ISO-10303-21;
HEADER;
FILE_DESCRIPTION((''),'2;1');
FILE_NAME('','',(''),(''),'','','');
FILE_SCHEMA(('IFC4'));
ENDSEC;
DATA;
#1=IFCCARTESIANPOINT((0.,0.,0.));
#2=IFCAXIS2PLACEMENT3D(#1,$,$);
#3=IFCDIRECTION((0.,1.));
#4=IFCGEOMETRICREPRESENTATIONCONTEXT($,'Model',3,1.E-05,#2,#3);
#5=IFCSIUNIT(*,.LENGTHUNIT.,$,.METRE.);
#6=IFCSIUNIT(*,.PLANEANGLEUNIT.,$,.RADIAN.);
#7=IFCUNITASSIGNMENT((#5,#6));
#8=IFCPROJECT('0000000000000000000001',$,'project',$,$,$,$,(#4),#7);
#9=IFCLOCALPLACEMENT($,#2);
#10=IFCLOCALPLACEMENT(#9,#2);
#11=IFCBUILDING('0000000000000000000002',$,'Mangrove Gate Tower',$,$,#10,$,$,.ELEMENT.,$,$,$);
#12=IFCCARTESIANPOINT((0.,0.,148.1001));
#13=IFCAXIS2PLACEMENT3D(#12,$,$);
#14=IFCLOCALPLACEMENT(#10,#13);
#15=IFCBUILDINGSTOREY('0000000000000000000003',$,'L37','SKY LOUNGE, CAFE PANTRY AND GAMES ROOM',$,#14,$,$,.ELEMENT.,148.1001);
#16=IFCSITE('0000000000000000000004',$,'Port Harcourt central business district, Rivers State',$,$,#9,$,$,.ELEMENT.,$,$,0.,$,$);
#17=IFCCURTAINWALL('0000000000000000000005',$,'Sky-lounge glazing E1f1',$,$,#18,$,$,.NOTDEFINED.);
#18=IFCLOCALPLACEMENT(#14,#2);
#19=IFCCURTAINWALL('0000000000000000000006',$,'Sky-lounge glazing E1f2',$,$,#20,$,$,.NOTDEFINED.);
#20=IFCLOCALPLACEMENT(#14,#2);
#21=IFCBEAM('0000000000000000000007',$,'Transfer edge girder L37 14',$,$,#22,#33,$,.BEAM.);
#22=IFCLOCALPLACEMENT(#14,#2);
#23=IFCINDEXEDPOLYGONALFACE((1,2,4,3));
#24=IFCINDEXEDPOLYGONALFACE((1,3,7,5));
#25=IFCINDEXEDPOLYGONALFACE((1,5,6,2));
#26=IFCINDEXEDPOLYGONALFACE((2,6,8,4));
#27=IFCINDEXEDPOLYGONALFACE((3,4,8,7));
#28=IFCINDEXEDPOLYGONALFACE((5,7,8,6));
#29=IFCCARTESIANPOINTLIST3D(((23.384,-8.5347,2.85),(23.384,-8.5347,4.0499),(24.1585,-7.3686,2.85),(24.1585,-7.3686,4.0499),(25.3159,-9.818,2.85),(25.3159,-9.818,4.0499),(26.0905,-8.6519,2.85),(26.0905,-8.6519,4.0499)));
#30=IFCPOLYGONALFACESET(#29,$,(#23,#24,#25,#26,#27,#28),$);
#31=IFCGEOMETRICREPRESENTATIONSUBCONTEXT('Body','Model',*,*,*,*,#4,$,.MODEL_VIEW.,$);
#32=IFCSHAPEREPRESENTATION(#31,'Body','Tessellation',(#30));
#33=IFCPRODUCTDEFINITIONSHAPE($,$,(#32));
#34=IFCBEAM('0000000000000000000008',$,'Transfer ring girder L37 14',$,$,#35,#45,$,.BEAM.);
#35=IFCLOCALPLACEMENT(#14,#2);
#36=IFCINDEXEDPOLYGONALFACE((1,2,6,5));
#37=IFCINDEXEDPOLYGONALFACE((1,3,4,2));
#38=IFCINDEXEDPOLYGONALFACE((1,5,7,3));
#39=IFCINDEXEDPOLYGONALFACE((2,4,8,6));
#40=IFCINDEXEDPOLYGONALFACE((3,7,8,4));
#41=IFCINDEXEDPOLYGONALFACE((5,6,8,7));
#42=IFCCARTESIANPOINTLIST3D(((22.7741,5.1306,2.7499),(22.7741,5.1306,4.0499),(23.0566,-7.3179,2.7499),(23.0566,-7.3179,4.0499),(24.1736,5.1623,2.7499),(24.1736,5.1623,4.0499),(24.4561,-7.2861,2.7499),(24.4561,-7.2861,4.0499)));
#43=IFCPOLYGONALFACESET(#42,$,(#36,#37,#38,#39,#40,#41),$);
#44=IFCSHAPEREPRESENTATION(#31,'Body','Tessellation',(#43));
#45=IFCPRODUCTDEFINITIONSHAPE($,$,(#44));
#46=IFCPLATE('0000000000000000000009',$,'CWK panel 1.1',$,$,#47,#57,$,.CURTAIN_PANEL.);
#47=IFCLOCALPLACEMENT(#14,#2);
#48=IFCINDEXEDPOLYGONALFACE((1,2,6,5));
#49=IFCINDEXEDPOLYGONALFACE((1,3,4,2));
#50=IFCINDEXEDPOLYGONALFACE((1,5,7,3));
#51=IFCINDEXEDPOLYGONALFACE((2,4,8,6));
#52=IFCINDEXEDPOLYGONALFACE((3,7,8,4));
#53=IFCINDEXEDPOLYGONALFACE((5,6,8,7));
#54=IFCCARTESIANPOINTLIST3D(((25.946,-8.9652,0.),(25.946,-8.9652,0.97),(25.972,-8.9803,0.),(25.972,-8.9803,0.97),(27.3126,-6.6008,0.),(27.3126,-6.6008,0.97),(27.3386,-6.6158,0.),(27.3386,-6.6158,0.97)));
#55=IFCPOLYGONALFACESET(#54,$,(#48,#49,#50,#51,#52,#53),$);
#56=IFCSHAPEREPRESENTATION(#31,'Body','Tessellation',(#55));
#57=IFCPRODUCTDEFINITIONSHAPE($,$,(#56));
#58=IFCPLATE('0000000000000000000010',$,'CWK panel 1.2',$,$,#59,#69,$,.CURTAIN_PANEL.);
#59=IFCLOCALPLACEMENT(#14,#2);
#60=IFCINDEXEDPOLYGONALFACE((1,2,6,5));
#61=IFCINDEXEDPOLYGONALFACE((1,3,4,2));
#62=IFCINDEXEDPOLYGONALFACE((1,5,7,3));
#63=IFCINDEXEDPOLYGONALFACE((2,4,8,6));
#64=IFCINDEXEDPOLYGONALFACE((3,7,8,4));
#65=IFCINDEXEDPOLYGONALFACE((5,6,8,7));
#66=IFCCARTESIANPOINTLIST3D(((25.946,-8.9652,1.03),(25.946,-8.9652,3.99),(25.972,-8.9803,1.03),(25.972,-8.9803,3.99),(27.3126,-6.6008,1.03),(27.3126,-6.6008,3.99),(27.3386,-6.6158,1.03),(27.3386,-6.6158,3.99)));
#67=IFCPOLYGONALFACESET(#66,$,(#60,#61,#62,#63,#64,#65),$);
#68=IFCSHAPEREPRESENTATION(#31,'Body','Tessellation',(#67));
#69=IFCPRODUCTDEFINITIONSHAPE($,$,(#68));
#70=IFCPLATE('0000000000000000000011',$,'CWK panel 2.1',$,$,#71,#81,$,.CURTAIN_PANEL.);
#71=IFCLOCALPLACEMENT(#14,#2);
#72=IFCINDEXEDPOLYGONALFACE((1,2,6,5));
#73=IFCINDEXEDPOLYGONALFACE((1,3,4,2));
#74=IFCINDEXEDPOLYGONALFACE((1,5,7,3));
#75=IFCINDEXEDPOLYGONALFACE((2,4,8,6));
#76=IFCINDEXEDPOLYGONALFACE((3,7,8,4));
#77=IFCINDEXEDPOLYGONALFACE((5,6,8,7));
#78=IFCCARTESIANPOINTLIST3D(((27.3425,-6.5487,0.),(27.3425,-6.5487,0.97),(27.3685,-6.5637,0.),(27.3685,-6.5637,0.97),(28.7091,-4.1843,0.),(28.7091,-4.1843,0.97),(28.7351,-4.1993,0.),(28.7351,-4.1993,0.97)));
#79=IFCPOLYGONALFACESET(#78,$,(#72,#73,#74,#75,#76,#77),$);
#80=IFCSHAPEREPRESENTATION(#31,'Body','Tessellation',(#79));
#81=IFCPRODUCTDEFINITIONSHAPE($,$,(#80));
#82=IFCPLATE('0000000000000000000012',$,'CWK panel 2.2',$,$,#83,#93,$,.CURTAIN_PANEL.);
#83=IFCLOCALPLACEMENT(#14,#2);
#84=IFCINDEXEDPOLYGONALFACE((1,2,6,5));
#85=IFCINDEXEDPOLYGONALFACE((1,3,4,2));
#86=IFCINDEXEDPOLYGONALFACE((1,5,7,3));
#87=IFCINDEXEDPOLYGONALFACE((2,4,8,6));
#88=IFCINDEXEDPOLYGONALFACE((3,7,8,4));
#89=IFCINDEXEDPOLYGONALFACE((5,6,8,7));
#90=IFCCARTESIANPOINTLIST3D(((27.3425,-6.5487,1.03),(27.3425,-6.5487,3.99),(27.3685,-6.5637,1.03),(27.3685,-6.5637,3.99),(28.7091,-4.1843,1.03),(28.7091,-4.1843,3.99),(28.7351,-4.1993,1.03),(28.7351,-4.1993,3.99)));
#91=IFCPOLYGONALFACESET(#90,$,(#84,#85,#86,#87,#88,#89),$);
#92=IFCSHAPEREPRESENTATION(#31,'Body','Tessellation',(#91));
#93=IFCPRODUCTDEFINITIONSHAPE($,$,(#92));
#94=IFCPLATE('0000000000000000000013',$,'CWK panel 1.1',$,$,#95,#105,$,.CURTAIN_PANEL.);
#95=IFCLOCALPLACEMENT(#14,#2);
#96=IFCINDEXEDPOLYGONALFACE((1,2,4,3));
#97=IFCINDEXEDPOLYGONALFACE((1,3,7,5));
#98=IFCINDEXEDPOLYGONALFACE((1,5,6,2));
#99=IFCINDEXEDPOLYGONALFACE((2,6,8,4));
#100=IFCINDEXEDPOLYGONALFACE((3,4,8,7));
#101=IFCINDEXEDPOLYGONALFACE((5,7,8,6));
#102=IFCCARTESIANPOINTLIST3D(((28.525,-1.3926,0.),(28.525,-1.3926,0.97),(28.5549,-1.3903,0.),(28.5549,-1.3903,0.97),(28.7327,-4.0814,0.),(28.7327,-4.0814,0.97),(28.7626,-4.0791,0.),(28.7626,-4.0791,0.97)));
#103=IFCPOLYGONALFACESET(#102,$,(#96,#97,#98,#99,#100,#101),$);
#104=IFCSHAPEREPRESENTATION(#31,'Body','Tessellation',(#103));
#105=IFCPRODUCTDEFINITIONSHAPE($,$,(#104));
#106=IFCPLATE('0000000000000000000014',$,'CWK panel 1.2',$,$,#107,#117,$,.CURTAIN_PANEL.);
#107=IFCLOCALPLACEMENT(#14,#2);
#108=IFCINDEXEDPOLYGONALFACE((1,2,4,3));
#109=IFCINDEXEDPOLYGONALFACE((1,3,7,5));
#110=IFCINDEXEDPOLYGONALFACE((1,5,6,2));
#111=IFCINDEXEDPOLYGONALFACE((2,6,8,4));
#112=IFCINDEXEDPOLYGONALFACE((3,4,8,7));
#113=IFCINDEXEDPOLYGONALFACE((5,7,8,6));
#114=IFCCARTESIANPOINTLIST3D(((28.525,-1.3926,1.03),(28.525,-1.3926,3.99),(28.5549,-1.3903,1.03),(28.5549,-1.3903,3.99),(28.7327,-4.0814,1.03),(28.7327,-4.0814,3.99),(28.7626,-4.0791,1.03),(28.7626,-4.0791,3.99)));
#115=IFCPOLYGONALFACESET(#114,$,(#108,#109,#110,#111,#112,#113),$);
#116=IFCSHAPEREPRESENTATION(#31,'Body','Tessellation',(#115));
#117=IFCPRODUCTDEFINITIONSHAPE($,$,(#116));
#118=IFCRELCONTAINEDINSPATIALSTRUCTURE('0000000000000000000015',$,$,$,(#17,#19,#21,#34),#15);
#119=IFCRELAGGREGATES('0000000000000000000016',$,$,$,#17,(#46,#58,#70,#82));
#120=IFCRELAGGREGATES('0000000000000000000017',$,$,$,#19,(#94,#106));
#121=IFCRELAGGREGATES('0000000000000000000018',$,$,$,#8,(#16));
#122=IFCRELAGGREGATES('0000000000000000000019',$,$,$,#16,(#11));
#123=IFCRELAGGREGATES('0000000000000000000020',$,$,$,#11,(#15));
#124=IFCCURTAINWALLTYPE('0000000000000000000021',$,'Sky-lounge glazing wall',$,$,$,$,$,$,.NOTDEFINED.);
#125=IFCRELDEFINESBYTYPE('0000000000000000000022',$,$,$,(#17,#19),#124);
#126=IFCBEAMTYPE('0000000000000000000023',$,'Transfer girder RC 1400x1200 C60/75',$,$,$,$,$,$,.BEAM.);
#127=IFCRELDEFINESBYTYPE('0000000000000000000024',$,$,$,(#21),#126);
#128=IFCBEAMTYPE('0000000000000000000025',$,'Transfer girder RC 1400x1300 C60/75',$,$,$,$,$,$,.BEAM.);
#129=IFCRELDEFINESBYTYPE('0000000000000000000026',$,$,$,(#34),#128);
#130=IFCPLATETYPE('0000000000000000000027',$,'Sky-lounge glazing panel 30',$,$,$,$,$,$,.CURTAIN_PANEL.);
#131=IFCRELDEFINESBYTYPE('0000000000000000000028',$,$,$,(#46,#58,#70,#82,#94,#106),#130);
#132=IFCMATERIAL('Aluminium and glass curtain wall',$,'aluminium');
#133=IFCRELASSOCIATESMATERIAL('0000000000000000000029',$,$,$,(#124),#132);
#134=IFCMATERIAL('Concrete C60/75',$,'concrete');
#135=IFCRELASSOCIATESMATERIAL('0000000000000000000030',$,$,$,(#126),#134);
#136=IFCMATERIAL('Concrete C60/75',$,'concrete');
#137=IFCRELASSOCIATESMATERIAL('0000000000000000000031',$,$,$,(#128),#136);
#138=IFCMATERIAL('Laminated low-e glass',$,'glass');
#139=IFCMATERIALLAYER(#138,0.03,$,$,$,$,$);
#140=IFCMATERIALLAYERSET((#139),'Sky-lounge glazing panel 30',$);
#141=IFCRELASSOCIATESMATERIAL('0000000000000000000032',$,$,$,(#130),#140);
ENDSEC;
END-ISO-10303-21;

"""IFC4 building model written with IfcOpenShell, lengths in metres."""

from ifc_helpers import new_model, si_unit, direction, frame, origin, origin_2d, place, context, subcontext, project, spatial, rectangle, extrude, material, layer, layer_set, material_profile, profile_set, type_object, element, aggregate, save


model = new_model("IFC4")

# Units and contexts
model_context = context("Model", 3, precision=1e-05, world=origin(), true_north=direction((0.0, 1.0)))
body_context = subcontext(model_context, "Body", "Model", "MODEL_VIEW")
ifc_project = project(units=[si_unit("LENGTHUNIT", "METRE"), si_unit("PLANEANGLEUNIT", "RADIAN")], contexts=[model_context])

# Site, building, storey
site_placement = place(None, origin())
site = spatial("IfcSite", under=ifc_project, at=site_placement, Name="Port Harcourt central business district, Rivers State", CompositionType="ELEMENT", RefElevation=0.0)
building_placement = place(site_placement, origin())
building = spatial("IfcBuilding", under=site, at=building_placement, Name="Mangrove Gate Tower", CompositionType="ELEMENT")
storey_placement = place(building_placement, frame((0.0, 0.0, 148.1001)))
storey = spatial("IfcBuildingStorey", under=building, at=storey_placement, Name="L37", Description="SKY LOUNGE, CAFE PANTRY AND GAMES ROOM", CompositionType="ELEMENT", Elevation=148.1001)

# Curtain walls
ifc_material_1 = material(Name="Aluminium and glass curtain wall", Category="aluminium")
curtain_wall_type = type_object("IfcCurtainWallType", Name="Sky-lounge glazing wall", PredefinedType="NOTDEFINED", material=ifc_material_1)
curtain_wall_1_placement = place(storey_placement, origin())
curtain_wall_1 = element("IfcCurtainWall", 1, at=curtain_wall_1_placement, inside=storey, type_object=curtain_wall_type, Name="Sky-lounge glazing E1f1", PredefinedType="NOTDEFINED")
curtain_wall_2_placement = place(storey_placement, origin())
curtain_wall_2 = element("IfcCurtainWall", 2, at=curtain_wall_2_placement, inside=storey, type_object=curtain_wall_type, Name="Sky-lounge glazing E1f2", PredefinedType="NOTDEFINED")

# Beams
ifc_material_2 = material(Name="Concrete C60/75", Category="concrete")
ifc_material_profile_1 = material_profile(ifc_material_2, rectangle(XDim=1.3999, YDim=1.2, at=origin_2d()))
ifc_profile_set_1 = profile_set([ifc_material_profile_1], Name="Concrete C60/75")
beam_type_1 = type_object("IfcBeamType", Name="Transfer girder RC 1400x1200 C60/75", PredefinedType="BEAM", material=ifc_profile_set_1)
beam_1_placement = place(storey_placement, frame((23.7712, -7.9517, 3.45), z_axis=(0.832988, -0.55329, 0.0), x_axis=(0.55329, 0.832988, 0.0)))
element("IfcBeam", 3, at=beam_1_placement, inside=storey, type_object=beam_type_1, Name="Transfer edge girder L37 14", PredefinedType="BEAM", context=body_context, shape_type="SweptSolid", body=[
    extrude(rectangle(XDim=1.3999, YDim=1.2, at=origin_2d()), origin(), (0.0, 0.0, 1.0), 2.3193),
])
ifc_material_3 = material(Name="Concrete C60/75", Category="concrete")
ifc_material_profile_2 = material_profile(ifc_material_3, rectangle(XDim=1.3999, YDim=1.3, at=origin_2d()))
ifc_profile_set_2 = profile_set([ifc_material_profile_2], Name="Concrete C60/75")
beam_type_2 = type_object("IfcBeamType", Name="Transfer girder RC 1400x1300 C60/75", PredefinedType="BEAM", material=ifc_profile_set_2)
beam_2_placement = place(storey_placement, frame((23.7563, -7.302, 3.3999), z_axis=(-0.022685, 0.999743, 0.0), x_axis=(-0.999743, -0.022685, 0.0)))
element("IfcBeam", 4, at=beam_2_placement, inside=storey, type_object=beam_type_2, Name="Transfer ring girder L37 14", PredefinedType="BEAM", context=body_context, shape_type="SweptSolid", body=[
    extrude(rectangle(XDim=1.3999, YDim=1.3, at=origin_2d()), origin(), (0.0, 0.0, 1.0), 12.4517),
])

# Plates
ifc_material_4 = material(Name="Laminated low-e glass", Category="glass")
ifc_layer = layer(ifc_material_4, 0.03)
ifc_layer_set = layer_set([ifc_layer], Name="Sky-lounge glazing panel 30")
plate_type = type_object("IfcPlateType", Name="Sky-lounge glazing panel 30", PredefinedType="CURTAIN_PANEL", material=ifc_layer_set)
plate_1_placement = place(storey_placement, frame((26.6423, -7.7905, 0.0), z_axis=(0.0, 0.0, 1.0), x_axis=(0.500418, 0.865784, 0.0)))
plate_1 = element("IfcPlate", 5, at=plate_1_placement, type_object=plate_type, Name="CWK panel 1.1", PredefinedType="CURTAIN_PANEL", context=body_context, shape_type="SweptSolid", body=[
    extrude(rectangle(XDim=2.731, YDim=0.03, at=origin_2d()), origin(), (0.0, 0.0, 1.0), 0.97),
])
plate_2_placement = place(storey_placement, frame((26.6423, -7.7905, 1.03), z_axis=(0.0, 0.0, 1.0), x_axis=(0.500418, 0.865784, 0.0)))
plate_2 = element("IfcPlate", 6, at=plate_2_placement, type_object=plate_type, Name="CWK panel 1.2", PredefinedType="CURTAIN_PANEL", context=body_context, shape_type="SweptSolid", body=[
    extrude(rectangle(XDim=2.731, YDim=0.03, at=origin_2d()), origin(), (0.0, 0.0, 1.0), 2.96),
])
plate_3_placement = place(storey_placement, frame((28.0388, -5.374, 0.0), z_axis=(0.0, 0.0, 1.0), x_axis=(0.500418, 0.865784, 0.0)))
plate_3 = element("IfcPlate", 7, at=plate_3_placement, type_object=plate_type, Name="CWK panel 2.1", PredefinedType="CURTAIN_PANEL", context=body_context, shape_type="SweptSolid", body=[
    extrude(rectangle(XDim=2.731, YDim=0.03, at=origin_2d()), origin(), (0.0, 0.0, 1.0), 0.97),
])
plate_4_placement = place(storey_placement, frame((28.0388, -5.374, 1.03), z_axis=(0.0, 0.0, 1.0), x_axis=(0.500418, 0.865784, 0.0)))
plate_4 = element("IfcPlate", 8, at=plate_4_placement, type_object=plate_type, Name="CWK panel 2.2", PredefinedType="CURTAIN_PANEL", context=body_context, shape_type="SweptSolid", body=[
    extrude(rectangle(XDim=2.731, YDim=0.03, at=origin_2d()), origin(), (0.0, 0.0, 1.0), 2.96),
])
aggregate(curtain_wall_1, [plate_1, plate_2, plate_3, plate_4])
plate_5_placement = place(storey_placement, frame((28.6438, -2.7358, 0.0), z_axis=(0.0, 0.0, 1.0), x_axis=(-0.077023, 0.997029, 0.0)))
plate_5 = element("IfcPlate", 9, at=plate_5_placement, type_object=plate_type, Name="CWK panel 1.1", PredefinedType="CURTAIN_PANEL", context=body_context, shape_type="SweptSolid", body=[
    extrude(rectangle(XDim=2.6968, YDim=0.03, at=origin_2d()), origin(), (0.0, 0.0, 1.0), 0.97),
])
plate_6_placement = place(storey_placement, frame((28.6438, -2.7358, 1.03), z_axis=(0.0, 0.0, 1.0), x_axis=(-0.077023, 0.997029, 0.0)))
plate_6 = element("IfcPlate", 10, at=plate_6_placement, type_object=plate_type, Name="CWK panel 1.2", PredefinedType="CURTAIN_PANEL", context=body_context, shape_type="SweptSolid", body=[
    extrude(rectangle(XDim=2.6968, YDim=0.03, at=origin_2d()), origin(), (0.0, 0.0, 1.0), 2.96),
])
aggregate(curtain_wall_2, [plate_5, plate_6])

save(model, "model.ifc")
